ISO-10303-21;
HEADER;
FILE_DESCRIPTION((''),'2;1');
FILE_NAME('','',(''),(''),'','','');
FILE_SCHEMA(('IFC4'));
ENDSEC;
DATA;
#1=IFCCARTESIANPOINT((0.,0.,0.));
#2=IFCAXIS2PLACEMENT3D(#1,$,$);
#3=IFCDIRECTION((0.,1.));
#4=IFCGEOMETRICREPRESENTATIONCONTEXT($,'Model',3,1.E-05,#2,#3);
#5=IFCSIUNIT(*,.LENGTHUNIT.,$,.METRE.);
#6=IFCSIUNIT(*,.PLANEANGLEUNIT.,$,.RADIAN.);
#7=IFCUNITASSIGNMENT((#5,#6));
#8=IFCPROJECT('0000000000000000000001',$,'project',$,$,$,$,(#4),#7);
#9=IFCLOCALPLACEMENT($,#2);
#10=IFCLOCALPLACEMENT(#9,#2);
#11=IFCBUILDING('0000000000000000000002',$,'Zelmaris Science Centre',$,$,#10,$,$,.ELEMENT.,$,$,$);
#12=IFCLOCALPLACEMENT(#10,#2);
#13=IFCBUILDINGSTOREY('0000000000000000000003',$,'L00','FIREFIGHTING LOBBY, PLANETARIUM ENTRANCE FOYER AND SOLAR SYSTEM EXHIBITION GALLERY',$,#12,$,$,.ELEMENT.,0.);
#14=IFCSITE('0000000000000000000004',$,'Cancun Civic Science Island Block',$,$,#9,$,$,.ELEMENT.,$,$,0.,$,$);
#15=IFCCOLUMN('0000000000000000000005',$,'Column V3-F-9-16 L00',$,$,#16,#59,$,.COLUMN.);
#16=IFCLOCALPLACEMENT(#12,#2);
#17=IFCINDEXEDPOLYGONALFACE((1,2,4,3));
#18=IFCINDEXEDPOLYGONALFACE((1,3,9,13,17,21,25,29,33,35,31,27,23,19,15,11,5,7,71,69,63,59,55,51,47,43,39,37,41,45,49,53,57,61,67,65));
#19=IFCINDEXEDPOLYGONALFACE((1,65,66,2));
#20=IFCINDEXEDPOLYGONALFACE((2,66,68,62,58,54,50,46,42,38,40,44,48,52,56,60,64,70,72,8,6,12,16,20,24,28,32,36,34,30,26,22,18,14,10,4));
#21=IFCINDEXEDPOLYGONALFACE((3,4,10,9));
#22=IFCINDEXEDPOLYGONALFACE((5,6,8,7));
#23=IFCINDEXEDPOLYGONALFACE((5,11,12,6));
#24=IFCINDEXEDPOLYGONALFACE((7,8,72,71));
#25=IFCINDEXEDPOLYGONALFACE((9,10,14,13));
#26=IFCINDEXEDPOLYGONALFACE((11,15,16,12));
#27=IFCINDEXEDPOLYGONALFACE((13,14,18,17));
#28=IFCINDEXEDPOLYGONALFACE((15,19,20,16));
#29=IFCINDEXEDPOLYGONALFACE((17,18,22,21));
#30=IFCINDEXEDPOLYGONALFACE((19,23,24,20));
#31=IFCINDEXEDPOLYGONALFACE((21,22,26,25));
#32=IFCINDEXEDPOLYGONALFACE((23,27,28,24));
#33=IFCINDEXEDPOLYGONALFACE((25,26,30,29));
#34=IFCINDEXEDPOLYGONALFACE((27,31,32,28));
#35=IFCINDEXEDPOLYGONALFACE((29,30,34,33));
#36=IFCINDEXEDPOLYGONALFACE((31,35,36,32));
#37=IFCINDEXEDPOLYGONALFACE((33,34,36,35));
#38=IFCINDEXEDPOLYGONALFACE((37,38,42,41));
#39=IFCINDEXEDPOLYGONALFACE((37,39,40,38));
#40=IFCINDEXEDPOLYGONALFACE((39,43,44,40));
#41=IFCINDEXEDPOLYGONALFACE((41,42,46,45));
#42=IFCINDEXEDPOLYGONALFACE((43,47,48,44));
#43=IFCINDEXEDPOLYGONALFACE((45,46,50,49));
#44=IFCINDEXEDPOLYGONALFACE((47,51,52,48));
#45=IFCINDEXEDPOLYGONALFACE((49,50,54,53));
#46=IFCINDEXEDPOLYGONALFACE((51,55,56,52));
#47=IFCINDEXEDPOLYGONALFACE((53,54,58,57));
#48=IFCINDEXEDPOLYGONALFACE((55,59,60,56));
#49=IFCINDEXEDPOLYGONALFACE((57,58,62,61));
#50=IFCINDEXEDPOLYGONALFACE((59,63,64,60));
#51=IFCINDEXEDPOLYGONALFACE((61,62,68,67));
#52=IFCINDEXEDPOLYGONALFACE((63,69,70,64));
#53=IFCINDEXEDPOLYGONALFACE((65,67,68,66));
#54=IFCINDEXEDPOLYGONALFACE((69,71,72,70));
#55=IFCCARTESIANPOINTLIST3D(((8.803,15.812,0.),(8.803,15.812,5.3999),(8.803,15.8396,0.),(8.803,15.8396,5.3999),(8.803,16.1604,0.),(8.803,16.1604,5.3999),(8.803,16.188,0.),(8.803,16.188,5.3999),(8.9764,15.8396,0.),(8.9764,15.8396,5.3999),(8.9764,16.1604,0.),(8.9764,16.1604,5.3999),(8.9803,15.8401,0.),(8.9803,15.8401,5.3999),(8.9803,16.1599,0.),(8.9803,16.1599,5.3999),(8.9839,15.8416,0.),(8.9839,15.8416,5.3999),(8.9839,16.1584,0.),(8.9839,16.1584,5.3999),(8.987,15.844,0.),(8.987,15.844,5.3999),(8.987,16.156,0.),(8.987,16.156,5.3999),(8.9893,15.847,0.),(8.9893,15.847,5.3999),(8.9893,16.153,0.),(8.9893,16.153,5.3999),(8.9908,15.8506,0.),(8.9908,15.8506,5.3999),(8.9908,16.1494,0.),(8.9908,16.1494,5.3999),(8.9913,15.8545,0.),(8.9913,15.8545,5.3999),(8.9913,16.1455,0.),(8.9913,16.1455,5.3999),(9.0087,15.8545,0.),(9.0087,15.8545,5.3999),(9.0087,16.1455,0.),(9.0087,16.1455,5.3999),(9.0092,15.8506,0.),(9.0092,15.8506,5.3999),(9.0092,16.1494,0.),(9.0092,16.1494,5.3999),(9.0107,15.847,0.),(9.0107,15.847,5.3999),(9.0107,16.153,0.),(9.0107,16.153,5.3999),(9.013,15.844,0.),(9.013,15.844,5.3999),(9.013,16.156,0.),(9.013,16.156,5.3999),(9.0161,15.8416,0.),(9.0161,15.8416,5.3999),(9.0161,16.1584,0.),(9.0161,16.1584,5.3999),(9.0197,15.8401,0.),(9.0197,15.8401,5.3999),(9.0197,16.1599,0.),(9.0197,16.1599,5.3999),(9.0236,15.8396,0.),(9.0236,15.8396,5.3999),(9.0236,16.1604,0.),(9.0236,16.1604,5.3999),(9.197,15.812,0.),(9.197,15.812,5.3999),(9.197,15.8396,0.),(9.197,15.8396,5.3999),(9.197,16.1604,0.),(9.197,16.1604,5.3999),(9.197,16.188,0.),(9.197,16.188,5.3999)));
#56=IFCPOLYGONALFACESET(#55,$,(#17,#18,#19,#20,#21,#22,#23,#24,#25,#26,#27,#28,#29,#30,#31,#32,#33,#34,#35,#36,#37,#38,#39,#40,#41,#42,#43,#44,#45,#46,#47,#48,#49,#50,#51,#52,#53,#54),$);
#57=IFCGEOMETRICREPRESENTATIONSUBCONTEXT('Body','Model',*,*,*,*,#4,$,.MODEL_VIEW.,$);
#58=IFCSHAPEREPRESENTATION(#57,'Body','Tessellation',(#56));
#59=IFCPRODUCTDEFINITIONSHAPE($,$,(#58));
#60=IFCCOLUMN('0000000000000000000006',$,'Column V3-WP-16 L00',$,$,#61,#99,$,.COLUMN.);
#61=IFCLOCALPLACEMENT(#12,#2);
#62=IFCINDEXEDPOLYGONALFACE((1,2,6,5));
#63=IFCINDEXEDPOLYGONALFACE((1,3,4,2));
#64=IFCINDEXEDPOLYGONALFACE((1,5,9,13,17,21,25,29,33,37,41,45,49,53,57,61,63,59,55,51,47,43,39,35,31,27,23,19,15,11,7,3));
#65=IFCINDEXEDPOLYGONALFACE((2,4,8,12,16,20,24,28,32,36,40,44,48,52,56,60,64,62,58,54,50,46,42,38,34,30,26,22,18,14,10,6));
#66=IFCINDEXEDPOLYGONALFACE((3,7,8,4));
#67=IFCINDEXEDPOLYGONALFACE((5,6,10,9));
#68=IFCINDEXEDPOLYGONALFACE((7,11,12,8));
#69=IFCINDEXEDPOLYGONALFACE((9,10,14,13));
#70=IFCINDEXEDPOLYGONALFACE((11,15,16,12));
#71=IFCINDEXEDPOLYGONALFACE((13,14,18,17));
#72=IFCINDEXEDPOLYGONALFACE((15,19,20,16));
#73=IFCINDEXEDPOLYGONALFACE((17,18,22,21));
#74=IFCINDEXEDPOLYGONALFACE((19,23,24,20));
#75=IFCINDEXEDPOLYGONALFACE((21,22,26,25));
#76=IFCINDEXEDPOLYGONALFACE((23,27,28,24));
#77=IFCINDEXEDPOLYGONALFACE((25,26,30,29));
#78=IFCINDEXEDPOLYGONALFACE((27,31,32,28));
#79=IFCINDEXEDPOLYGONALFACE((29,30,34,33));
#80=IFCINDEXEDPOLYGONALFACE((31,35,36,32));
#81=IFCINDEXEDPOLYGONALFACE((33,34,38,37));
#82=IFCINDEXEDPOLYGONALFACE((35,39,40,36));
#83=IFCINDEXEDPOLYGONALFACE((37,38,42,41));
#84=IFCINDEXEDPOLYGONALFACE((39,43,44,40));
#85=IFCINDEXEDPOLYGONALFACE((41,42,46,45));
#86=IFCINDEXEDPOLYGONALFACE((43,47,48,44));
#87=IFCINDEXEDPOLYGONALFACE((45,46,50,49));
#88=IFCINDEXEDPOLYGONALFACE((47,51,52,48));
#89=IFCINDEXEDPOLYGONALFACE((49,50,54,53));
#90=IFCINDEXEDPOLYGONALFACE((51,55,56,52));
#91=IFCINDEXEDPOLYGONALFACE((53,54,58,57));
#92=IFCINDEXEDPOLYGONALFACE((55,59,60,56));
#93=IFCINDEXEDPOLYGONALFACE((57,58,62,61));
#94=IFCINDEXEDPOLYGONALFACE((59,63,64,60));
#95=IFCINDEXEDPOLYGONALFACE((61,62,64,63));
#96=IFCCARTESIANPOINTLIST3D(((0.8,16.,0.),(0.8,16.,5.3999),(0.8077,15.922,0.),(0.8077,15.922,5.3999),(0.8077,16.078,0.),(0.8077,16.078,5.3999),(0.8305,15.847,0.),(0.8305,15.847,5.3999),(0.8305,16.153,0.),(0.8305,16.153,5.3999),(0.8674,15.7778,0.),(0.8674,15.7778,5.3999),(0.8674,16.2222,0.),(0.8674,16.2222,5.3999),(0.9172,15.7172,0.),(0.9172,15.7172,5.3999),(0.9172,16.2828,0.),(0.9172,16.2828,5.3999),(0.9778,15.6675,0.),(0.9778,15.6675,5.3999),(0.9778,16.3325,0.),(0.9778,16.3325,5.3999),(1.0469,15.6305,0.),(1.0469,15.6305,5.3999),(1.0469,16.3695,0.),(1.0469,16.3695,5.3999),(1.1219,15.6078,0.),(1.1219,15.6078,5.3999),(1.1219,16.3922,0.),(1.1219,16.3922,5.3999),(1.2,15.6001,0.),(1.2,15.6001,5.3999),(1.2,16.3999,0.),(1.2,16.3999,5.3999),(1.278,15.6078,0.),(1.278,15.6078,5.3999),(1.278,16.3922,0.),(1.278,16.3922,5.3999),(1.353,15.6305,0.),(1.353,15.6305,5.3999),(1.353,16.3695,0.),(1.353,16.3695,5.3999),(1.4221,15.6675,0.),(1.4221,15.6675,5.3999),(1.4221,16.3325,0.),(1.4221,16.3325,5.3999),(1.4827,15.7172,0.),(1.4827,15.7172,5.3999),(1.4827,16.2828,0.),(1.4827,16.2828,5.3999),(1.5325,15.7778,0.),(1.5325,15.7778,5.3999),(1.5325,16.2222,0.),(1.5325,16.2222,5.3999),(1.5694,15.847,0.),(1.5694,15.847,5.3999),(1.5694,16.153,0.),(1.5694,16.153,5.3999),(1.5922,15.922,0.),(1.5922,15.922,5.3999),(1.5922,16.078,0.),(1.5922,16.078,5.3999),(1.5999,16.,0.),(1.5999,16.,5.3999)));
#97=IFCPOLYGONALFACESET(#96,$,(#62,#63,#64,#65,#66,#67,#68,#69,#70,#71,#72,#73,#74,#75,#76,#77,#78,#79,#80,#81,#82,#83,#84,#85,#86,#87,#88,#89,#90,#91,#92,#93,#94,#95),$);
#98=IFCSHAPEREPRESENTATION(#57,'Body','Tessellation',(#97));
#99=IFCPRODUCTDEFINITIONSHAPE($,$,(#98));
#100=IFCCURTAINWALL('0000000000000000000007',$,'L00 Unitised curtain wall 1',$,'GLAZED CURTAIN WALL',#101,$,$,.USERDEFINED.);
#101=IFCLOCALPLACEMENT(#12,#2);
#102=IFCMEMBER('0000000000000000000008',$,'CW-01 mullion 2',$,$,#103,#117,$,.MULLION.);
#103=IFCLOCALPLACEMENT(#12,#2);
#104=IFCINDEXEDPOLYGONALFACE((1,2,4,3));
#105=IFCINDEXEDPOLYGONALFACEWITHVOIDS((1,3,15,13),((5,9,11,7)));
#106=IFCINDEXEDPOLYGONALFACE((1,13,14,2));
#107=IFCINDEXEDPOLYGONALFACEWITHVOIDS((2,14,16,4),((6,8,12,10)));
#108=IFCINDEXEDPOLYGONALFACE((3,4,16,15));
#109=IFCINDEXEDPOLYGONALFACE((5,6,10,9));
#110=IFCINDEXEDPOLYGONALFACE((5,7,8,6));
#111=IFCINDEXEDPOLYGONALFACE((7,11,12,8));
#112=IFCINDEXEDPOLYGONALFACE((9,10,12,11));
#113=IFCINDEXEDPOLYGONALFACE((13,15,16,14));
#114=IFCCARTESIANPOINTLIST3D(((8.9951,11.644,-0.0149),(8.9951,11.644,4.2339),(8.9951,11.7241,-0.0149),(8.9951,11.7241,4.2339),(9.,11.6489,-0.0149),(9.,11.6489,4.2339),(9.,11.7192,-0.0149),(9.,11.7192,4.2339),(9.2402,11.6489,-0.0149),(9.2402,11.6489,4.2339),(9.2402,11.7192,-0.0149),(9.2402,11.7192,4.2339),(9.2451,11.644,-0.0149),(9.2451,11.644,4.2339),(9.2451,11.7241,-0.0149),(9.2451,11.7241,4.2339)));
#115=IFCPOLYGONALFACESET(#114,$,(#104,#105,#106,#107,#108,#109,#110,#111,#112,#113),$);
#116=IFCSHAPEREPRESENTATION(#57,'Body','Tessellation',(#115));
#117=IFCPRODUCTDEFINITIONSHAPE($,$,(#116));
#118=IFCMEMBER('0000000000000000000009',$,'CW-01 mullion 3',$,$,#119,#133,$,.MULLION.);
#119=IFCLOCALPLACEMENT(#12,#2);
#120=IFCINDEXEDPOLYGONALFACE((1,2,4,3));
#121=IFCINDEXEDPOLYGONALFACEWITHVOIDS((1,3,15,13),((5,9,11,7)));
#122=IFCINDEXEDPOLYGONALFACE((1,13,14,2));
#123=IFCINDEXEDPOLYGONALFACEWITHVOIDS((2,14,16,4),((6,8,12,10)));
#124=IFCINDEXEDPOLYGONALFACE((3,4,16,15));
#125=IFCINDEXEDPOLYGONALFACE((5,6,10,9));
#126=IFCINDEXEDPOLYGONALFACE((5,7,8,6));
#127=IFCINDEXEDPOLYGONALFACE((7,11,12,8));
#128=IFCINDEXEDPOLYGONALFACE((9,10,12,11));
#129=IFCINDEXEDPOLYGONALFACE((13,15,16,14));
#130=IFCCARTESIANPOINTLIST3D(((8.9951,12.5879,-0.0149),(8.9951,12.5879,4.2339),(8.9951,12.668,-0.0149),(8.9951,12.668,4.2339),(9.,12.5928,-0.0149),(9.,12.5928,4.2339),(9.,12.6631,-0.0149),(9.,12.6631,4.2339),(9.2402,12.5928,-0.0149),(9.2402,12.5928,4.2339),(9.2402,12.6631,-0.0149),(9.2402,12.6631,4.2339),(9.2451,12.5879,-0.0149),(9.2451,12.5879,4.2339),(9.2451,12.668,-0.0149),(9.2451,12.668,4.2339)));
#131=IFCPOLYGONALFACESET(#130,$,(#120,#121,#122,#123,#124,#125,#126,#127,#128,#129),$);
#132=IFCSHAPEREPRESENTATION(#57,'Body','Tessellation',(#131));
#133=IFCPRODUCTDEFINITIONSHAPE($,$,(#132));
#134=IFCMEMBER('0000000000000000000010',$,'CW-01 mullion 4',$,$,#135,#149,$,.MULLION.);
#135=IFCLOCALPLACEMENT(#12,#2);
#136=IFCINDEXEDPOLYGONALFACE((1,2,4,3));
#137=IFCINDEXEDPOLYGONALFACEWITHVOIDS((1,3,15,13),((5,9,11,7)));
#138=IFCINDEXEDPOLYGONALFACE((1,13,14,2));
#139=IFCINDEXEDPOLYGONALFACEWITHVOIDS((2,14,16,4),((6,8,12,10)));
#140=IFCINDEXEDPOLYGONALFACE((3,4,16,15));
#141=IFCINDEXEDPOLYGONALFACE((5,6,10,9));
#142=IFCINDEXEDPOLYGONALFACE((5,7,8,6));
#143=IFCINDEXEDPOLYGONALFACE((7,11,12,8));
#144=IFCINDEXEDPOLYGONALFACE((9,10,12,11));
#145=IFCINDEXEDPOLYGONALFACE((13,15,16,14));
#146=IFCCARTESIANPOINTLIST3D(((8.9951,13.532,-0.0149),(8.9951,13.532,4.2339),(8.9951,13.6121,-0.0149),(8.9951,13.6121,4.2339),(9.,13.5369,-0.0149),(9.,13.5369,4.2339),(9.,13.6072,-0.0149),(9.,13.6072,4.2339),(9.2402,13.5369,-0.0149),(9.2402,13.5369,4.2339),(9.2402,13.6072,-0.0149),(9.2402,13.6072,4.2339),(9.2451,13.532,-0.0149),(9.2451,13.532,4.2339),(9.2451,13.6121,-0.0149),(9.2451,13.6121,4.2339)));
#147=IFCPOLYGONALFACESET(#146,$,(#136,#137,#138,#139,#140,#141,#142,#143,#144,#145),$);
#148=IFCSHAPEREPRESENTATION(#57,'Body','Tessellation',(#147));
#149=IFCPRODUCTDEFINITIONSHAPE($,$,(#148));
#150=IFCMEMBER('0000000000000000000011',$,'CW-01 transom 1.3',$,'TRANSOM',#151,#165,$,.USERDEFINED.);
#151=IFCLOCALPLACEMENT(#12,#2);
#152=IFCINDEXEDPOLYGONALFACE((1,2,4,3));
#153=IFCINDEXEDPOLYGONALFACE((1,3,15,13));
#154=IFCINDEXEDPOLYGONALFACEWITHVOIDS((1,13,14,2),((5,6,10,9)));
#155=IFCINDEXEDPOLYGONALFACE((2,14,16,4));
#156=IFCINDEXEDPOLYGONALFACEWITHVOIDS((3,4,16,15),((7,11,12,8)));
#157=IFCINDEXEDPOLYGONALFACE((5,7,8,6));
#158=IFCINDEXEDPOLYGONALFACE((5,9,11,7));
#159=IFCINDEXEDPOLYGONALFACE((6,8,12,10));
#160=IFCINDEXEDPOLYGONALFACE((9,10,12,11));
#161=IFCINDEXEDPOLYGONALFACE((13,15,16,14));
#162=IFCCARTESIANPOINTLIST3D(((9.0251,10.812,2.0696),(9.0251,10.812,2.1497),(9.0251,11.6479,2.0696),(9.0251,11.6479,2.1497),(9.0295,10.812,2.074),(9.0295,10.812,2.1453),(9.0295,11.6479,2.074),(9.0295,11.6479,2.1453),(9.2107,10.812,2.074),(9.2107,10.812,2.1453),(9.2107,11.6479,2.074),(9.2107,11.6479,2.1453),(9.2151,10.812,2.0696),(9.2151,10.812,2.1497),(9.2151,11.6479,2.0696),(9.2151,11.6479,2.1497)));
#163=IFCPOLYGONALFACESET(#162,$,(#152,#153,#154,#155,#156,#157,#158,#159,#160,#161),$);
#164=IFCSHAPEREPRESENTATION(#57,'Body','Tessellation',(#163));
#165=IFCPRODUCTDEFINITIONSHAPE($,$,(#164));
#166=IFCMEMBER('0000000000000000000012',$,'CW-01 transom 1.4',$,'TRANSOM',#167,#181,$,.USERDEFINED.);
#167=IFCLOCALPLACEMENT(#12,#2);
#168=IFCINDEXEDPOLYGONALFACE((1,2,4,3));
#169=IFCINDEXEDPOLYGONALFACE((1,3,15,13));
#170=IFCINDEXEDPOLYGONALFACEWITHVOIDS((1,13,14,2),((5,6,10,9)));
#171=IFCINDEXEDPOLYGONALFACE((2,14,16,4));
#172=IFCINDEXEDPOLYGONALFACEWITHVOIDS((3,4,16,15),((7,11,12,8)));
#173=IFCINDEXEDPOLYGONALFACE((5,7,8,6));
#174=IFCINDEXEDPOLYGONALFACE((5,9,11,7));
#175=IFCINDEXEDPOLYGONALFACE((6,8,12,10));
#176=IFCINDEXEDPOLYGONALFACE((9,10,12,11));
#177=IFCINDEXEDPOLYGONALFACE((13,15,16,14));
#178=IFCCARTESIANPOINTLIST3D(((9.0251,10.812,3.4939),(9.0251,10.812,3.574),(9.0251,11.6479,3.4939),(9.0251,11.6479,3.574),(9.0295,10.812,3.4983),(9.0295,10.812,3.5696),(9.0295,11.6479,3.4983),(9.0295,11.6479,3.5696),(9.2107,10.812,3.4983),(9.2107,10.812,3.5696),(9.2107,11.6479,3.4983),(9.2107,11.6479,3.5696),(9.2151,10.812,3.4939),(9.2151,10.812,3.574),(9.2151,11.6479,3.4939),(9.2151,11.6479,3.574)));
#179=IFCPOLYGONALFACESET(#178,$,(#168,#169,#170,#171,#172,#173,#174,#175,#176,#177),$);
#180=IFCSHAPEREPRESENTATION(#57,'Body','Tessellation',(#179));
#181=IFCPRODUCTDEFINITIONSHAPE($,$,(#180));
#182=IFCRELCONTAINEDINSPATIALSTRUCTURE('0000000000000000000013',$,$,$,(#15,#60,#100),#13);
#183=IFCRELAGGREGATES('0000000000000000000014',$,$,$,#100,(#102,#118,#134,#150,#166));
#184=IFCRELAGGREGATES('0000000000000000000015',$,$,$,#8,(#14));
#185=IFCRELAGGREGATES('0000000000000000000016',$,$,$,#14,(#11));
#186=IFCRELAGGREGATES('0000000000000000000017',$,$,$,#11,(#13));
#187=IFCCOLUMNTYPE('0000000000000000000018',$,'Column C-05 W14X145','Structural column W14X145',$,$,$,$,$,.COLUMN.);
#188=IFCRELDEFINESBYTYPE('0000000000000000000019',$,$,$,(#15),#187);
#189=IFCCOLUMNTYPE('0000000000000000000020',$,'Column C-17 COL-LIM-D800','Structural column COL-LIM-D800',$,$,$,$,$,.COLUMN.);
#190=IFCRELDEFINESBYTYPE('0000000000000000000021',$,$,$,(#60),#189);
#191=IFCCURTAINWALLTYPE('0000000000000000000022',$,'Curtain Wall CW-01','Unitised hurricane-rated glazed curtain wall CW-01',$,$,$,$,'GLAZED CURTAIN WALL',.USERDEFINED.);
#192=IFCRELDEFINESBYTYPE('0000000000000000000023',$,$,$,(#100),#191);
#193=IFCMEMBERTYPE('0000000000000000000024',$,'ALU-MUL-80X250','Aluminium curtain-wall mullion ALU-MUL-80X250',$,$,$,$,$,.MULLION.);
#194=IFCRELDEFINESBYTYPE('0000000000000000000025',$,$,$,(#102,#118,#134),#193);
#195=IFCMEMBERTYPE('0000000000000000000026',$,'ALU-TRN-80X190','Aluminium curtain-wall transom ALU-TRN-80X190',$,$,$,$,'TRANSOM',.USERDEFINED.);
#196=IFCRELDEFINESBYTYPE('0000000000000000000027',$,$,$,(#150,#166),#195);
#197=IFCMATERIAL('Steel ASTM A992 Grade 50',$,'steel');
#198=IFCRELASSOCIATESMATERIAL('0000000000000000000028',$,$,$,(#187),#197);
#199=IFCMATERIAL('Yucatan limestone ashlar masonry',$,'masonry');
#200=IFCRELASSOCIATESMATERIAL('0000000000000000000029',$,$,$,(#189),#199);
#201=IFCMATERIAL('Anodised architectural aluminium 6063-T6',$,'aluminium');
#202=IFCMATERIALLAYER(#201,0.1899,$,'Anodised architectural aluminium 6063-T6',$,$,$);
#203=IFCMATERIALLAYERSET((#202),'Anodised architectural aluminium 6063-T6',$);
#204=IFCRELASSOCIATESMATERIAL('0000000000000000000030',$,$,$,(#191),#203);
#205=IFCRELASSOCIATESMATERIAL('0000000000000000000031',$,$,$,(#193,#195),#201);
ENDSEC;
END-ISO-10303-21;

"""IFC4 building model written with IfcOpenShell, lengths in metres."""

from ifc_helpers import new_model, si_unit, direction, frame, origin, origin_2d, place, context, subcontext, project, spatial, hollow_rectangle, circle, i_section, extrude, material, layer, layer_set, material_profile, profile_set, type_object, element, aggregate, save


model = new_model("IFC4")

# Units and contexts
model_context = context("Model", 3, precision=1e-05, world=origin(), true_north=direction((0.0, 1.0)))
body_context = subcontext(model_context, "Body", "Model", "MODEL_VIEW")
ifc_project = project(units=[si_unit("LENGTHUNIT", "METRE"), si_unit("PLANEANGLEUNIT", "RADIAN")], contexts=[model_context])

# Site, building, storey
site_placement = place(None, origin())
site = spatial("IfcSite", under=ifc_project, at=site_placement, Name="Cancun Civic Science Island Block", CompositionType="ELEMENT", RefElevation=0.0)
building_placement = place(site_placement, origin())
building = spatial("IfcBuilding", under=site, at=building_placement, Name="Zelmaris Science Centre", CompositionType="ELEMENT")
storey_placement = place(building_placement, origin())
storey = spatial("IfcBuildingStorey", under=building, at=storey_placement, Name="L00", Description="FIREFIGHTING LOBBY, PLANETARIUM ENTRANCE FOYER AND SOLAR SYSTEM EXHIBITION GALLERY", CompositionType="ELEMENT", Elevation=0.0)

# Columns
ifc_material_1 = material(Name="Steel ASTM A992 Grade 50", Category="steel")
ifc_material_profile_1 = material_profile(ifc_material_1, i_section(OverallWidth=0.394, OverallDepth=0.376, WebThickness=0.0173, FlangeThickness=0.0276, FilletRadius=0.0149, at=origin_2d()), Name="W14X145")
ifc_profile_set_1 = profile_set([ifc_material_profile_1], Name="Steel ASTM A992 Grade 50")
column_type_1 = type_object("IfcColumnType", Name="Column C-05 W14X145", Description="Structural column W14X145", PredefinedType="COLUMN", material=ifc_profile_set_1)
column_1_placement = place(storey_placement, frame((9.0, 16.0, 0.0), z_axis=(0.0, 0.0, 1.0), x_axis=(1.0, 0.0, 0.0)))
element("IfcColumn", 1, at=column_1_placement, inside=storey, type_object=column_type_1, Name="Column V3-F-9-16 L00", PredefinedType="COLUMN", context=body_context, shape_type="SweptSolid", body=[
    extrude(i_section(OverallWidth=0.394, OverallDepth=0.376, WebThickness=0.0173, FlangeThickness=0.0276, FilletRadius=0.0149, at=origin_2d()), origin(), (0.0, 0.0, 1.0), 5.3999),
])
ifc_material_2 = material(Name="Yucatan limestone ashlar masonry", Category="masonry")
ifc_material_profile_2 = material_profile(ifc_material_2, circle(Radius=0.3999, at=origin_2d()), Name="COL-LIM-D800")
ifc_profile_set_2 = profile_set([ifc_material_profile_2], Name="Yucatan limestone ashlar masonry")
column_type_2 = type_object("IfcColumnType", Name="Column C-17 COL-LIM-D800", Description="Structural column COL-LIM-D800", PredefinedType="COLUMN", material=ifc_profile_set_2)
column_2_placement = place(storey_placement, frame((1.2, 16.0, 0.0), z_axis=(0.0, 0.0, 1.0), x_axis=(1.0, 0.0, 0.0)))
element("IfcColumn", 2, at=column_2_placement, inside=storey, type_object=column_type_2, Name="Column V3-WP-16 L00", PredefinedType="COLUMN", context=body_context, shape_type="SweptSolid", body=[
    extrude(circle(Radius=0.3999, at=origin_2d()), origin(), (0.0, 0.0, 1.0), 5.3999),
])

# Curtain wall, members
ifc_material_3 = material(Name="Anodised architectural aluminium 6063-T6", Category="aluminium")
ifc_layer_1 = layer(ifc_material_3, 0.1899, Name="Anodised architectural aluminium 6063-T6")
ifc_layer_set_1 = layer_set([ifc_layer_1], Name="Anodised architectural aluminium 6063-T6")
curtain_wall_type = type_object("IfcCurtainWallType", Name="Curtain Wall CW-01", Description="Unitised hurricane-rated glazed curtain wall CW-01", ElementType="GLAZED CURTAIN WALL", PredefinedType="USERDEFINED", material=ifc_layer_set_1)
curtain_wall_placement = place(storey_placement, origin())
curtain_wall = element("IfcCurtainWall", 3, at=curtain_wall_placement, inside=storey, type_object=curtain_wall_type, Name="L00 Unitised curtain wall 1", ObjectType="GLAZED CURTAIN WALL", PredefinedType="USERDEFINED")
ifc_material_profile_3 = material_profile(ifc_material_3, hollow_rectangle(XDim=0.0801, YDim=0.25, WallThickness=0.0049, at=origin_2d()), Name="ALU-MUL-80X250")
ifc_profile_set_3 = profile_set([ifc_material_profile_3], Name="Anodised architectural aluminium 6063-T6")
member_type_1 = type_object("IfcMemberType", Name="ALU-MUL-80X250", Description="Aluminium curtain-wall mullion ALU-MUL-80X250", PredefinedType="MULLION", material=ifc_profile_set_3)
member_1_placement = place(storey_placement, frame((9.1201, 11.6841, -0.0149), z_axis=(0.0, 0.0, 1.0), x_axis=(0.0, 1.0, 0.0)))
member_1 = element("IfcMember", 4, at=member_1_placement, type_object=member_type_1, Name="CW-01 mullion 2", PredefinedType="MULLION", context=body_context, shape_type="SweptSolid", body=[
    extrude(hollow_rectangle(XDim=0.0801, YDim=0.25, WallThickness=0.0049, at=origin_2d()), origin(), (0.0, 0.0, 1.0), 4.2488),
])
member_2_placement = place(storey_placement, frame((9.1201, 12.6279, -0.0149), z_axis=(0.0, 0.0, 1.0), x_axis=(0.0, 1.0, 0.0)))
member_2 = element("IfcMember", 5, at=member_2_placement, type_object=member_type_1, Name="CW-01 mullion 3", PredefinedType="MULLION", context=body_context, shape_type="SweptSolid", body=[
    extrude(hollow_rectangle(XDim=0.0801, YDim=0.25, WallThickness=0.0049, at=origin_2d()), origin(), (0.0, 0.0, 1.0), 4.2488),
])
member_3_placement = place(storey_placement, frame((9.1201, 13.572, -0.0149), z_axis=(0.0, 0.0, 1.0), x_axis=(0.0, 1.0, 0.0)))
member_3 = element("IfcMember", 6, at=member_3_placement, type_object=member_type_1, Name="CW-01 mullion 4", PredefinedType="MULLION", context=body_context, shape_type="SweptSolid", body=[
    extrude(hollow_rectangle(XDim=0.0801, YDim=0.25, WallThickness=0.0049, at=origin_2d()), origin(), (0.0, 0.0, 1.0), 4.2488),
])
ifc_material_profile_4 = material_profile(ifc_material_3, hollow_rectangle(XDim=0.0801, YDim=0.1899, WallThickness=0.0044, at=origin_2d()), Name="ALU-TRN-80X190")
ifc_profile_set_4 = profile_set([ifc_material_profile_4], Name="Anodised architectural aluminium 6063-T6")
member_type_2 = type_object("IfcMemberType", Name="ALU-TRN-80X190", Description="Aluminium curtain-wall transom ALU-TRN-80X190", ElementType="TRANSOM", PredefinedType="USERDEFINED", material=ifc_profile_set_4)
member_4_placement = place(storey_placement, frame((9.1201, 10.812, 2.1096), z_axis=(0.0, 1.0, 0.0), x_axis=(0.0, 0.0, 1.0)))
member_4 = element("IfcMember", 7, at=member_4_placement, type_object=member_type_2, Name="CW-01 transom 1.3", ObjectType="TRANSOM", PredefinedType="USERDEFINED", context=body_context, shape_type="SweptSolid", body=[
    extrude(hollow_rectangle(XDim=0.0801, YDim=0.1899, WallThickness=0.0044, at=origin_2d()), origin(), (0.0, 0.0, 1.0), 0.8359),
])
member_5_placement = place(storey_placement, frame((9.1201, 10.812, 3.5339), z_axis=(0.0, 1.0, 0.0), x_axis=(0.0, 0.0, 1.0)))
member_5 = element("IfcMember", 8, at=member_5_placement, type_object=member_type_2, Name="CW-01 transom 1.4", ObjectType="TRANSOM", PredefinedType="USERDEFINED", context=body_context, shape_type="SweptSolid", body=[
    extrude(hollow_rectangle(XDim=0.0801, YDim=0.1899, WallThickness=0.0044, at=origin_2d()), origin(), (0.0, 0.0, 1.0), 0.8359),
])

aggregate(curtain_wall, [member_1, member_2, member_3, member_4, member_5])

save(model, "model.ifc")
